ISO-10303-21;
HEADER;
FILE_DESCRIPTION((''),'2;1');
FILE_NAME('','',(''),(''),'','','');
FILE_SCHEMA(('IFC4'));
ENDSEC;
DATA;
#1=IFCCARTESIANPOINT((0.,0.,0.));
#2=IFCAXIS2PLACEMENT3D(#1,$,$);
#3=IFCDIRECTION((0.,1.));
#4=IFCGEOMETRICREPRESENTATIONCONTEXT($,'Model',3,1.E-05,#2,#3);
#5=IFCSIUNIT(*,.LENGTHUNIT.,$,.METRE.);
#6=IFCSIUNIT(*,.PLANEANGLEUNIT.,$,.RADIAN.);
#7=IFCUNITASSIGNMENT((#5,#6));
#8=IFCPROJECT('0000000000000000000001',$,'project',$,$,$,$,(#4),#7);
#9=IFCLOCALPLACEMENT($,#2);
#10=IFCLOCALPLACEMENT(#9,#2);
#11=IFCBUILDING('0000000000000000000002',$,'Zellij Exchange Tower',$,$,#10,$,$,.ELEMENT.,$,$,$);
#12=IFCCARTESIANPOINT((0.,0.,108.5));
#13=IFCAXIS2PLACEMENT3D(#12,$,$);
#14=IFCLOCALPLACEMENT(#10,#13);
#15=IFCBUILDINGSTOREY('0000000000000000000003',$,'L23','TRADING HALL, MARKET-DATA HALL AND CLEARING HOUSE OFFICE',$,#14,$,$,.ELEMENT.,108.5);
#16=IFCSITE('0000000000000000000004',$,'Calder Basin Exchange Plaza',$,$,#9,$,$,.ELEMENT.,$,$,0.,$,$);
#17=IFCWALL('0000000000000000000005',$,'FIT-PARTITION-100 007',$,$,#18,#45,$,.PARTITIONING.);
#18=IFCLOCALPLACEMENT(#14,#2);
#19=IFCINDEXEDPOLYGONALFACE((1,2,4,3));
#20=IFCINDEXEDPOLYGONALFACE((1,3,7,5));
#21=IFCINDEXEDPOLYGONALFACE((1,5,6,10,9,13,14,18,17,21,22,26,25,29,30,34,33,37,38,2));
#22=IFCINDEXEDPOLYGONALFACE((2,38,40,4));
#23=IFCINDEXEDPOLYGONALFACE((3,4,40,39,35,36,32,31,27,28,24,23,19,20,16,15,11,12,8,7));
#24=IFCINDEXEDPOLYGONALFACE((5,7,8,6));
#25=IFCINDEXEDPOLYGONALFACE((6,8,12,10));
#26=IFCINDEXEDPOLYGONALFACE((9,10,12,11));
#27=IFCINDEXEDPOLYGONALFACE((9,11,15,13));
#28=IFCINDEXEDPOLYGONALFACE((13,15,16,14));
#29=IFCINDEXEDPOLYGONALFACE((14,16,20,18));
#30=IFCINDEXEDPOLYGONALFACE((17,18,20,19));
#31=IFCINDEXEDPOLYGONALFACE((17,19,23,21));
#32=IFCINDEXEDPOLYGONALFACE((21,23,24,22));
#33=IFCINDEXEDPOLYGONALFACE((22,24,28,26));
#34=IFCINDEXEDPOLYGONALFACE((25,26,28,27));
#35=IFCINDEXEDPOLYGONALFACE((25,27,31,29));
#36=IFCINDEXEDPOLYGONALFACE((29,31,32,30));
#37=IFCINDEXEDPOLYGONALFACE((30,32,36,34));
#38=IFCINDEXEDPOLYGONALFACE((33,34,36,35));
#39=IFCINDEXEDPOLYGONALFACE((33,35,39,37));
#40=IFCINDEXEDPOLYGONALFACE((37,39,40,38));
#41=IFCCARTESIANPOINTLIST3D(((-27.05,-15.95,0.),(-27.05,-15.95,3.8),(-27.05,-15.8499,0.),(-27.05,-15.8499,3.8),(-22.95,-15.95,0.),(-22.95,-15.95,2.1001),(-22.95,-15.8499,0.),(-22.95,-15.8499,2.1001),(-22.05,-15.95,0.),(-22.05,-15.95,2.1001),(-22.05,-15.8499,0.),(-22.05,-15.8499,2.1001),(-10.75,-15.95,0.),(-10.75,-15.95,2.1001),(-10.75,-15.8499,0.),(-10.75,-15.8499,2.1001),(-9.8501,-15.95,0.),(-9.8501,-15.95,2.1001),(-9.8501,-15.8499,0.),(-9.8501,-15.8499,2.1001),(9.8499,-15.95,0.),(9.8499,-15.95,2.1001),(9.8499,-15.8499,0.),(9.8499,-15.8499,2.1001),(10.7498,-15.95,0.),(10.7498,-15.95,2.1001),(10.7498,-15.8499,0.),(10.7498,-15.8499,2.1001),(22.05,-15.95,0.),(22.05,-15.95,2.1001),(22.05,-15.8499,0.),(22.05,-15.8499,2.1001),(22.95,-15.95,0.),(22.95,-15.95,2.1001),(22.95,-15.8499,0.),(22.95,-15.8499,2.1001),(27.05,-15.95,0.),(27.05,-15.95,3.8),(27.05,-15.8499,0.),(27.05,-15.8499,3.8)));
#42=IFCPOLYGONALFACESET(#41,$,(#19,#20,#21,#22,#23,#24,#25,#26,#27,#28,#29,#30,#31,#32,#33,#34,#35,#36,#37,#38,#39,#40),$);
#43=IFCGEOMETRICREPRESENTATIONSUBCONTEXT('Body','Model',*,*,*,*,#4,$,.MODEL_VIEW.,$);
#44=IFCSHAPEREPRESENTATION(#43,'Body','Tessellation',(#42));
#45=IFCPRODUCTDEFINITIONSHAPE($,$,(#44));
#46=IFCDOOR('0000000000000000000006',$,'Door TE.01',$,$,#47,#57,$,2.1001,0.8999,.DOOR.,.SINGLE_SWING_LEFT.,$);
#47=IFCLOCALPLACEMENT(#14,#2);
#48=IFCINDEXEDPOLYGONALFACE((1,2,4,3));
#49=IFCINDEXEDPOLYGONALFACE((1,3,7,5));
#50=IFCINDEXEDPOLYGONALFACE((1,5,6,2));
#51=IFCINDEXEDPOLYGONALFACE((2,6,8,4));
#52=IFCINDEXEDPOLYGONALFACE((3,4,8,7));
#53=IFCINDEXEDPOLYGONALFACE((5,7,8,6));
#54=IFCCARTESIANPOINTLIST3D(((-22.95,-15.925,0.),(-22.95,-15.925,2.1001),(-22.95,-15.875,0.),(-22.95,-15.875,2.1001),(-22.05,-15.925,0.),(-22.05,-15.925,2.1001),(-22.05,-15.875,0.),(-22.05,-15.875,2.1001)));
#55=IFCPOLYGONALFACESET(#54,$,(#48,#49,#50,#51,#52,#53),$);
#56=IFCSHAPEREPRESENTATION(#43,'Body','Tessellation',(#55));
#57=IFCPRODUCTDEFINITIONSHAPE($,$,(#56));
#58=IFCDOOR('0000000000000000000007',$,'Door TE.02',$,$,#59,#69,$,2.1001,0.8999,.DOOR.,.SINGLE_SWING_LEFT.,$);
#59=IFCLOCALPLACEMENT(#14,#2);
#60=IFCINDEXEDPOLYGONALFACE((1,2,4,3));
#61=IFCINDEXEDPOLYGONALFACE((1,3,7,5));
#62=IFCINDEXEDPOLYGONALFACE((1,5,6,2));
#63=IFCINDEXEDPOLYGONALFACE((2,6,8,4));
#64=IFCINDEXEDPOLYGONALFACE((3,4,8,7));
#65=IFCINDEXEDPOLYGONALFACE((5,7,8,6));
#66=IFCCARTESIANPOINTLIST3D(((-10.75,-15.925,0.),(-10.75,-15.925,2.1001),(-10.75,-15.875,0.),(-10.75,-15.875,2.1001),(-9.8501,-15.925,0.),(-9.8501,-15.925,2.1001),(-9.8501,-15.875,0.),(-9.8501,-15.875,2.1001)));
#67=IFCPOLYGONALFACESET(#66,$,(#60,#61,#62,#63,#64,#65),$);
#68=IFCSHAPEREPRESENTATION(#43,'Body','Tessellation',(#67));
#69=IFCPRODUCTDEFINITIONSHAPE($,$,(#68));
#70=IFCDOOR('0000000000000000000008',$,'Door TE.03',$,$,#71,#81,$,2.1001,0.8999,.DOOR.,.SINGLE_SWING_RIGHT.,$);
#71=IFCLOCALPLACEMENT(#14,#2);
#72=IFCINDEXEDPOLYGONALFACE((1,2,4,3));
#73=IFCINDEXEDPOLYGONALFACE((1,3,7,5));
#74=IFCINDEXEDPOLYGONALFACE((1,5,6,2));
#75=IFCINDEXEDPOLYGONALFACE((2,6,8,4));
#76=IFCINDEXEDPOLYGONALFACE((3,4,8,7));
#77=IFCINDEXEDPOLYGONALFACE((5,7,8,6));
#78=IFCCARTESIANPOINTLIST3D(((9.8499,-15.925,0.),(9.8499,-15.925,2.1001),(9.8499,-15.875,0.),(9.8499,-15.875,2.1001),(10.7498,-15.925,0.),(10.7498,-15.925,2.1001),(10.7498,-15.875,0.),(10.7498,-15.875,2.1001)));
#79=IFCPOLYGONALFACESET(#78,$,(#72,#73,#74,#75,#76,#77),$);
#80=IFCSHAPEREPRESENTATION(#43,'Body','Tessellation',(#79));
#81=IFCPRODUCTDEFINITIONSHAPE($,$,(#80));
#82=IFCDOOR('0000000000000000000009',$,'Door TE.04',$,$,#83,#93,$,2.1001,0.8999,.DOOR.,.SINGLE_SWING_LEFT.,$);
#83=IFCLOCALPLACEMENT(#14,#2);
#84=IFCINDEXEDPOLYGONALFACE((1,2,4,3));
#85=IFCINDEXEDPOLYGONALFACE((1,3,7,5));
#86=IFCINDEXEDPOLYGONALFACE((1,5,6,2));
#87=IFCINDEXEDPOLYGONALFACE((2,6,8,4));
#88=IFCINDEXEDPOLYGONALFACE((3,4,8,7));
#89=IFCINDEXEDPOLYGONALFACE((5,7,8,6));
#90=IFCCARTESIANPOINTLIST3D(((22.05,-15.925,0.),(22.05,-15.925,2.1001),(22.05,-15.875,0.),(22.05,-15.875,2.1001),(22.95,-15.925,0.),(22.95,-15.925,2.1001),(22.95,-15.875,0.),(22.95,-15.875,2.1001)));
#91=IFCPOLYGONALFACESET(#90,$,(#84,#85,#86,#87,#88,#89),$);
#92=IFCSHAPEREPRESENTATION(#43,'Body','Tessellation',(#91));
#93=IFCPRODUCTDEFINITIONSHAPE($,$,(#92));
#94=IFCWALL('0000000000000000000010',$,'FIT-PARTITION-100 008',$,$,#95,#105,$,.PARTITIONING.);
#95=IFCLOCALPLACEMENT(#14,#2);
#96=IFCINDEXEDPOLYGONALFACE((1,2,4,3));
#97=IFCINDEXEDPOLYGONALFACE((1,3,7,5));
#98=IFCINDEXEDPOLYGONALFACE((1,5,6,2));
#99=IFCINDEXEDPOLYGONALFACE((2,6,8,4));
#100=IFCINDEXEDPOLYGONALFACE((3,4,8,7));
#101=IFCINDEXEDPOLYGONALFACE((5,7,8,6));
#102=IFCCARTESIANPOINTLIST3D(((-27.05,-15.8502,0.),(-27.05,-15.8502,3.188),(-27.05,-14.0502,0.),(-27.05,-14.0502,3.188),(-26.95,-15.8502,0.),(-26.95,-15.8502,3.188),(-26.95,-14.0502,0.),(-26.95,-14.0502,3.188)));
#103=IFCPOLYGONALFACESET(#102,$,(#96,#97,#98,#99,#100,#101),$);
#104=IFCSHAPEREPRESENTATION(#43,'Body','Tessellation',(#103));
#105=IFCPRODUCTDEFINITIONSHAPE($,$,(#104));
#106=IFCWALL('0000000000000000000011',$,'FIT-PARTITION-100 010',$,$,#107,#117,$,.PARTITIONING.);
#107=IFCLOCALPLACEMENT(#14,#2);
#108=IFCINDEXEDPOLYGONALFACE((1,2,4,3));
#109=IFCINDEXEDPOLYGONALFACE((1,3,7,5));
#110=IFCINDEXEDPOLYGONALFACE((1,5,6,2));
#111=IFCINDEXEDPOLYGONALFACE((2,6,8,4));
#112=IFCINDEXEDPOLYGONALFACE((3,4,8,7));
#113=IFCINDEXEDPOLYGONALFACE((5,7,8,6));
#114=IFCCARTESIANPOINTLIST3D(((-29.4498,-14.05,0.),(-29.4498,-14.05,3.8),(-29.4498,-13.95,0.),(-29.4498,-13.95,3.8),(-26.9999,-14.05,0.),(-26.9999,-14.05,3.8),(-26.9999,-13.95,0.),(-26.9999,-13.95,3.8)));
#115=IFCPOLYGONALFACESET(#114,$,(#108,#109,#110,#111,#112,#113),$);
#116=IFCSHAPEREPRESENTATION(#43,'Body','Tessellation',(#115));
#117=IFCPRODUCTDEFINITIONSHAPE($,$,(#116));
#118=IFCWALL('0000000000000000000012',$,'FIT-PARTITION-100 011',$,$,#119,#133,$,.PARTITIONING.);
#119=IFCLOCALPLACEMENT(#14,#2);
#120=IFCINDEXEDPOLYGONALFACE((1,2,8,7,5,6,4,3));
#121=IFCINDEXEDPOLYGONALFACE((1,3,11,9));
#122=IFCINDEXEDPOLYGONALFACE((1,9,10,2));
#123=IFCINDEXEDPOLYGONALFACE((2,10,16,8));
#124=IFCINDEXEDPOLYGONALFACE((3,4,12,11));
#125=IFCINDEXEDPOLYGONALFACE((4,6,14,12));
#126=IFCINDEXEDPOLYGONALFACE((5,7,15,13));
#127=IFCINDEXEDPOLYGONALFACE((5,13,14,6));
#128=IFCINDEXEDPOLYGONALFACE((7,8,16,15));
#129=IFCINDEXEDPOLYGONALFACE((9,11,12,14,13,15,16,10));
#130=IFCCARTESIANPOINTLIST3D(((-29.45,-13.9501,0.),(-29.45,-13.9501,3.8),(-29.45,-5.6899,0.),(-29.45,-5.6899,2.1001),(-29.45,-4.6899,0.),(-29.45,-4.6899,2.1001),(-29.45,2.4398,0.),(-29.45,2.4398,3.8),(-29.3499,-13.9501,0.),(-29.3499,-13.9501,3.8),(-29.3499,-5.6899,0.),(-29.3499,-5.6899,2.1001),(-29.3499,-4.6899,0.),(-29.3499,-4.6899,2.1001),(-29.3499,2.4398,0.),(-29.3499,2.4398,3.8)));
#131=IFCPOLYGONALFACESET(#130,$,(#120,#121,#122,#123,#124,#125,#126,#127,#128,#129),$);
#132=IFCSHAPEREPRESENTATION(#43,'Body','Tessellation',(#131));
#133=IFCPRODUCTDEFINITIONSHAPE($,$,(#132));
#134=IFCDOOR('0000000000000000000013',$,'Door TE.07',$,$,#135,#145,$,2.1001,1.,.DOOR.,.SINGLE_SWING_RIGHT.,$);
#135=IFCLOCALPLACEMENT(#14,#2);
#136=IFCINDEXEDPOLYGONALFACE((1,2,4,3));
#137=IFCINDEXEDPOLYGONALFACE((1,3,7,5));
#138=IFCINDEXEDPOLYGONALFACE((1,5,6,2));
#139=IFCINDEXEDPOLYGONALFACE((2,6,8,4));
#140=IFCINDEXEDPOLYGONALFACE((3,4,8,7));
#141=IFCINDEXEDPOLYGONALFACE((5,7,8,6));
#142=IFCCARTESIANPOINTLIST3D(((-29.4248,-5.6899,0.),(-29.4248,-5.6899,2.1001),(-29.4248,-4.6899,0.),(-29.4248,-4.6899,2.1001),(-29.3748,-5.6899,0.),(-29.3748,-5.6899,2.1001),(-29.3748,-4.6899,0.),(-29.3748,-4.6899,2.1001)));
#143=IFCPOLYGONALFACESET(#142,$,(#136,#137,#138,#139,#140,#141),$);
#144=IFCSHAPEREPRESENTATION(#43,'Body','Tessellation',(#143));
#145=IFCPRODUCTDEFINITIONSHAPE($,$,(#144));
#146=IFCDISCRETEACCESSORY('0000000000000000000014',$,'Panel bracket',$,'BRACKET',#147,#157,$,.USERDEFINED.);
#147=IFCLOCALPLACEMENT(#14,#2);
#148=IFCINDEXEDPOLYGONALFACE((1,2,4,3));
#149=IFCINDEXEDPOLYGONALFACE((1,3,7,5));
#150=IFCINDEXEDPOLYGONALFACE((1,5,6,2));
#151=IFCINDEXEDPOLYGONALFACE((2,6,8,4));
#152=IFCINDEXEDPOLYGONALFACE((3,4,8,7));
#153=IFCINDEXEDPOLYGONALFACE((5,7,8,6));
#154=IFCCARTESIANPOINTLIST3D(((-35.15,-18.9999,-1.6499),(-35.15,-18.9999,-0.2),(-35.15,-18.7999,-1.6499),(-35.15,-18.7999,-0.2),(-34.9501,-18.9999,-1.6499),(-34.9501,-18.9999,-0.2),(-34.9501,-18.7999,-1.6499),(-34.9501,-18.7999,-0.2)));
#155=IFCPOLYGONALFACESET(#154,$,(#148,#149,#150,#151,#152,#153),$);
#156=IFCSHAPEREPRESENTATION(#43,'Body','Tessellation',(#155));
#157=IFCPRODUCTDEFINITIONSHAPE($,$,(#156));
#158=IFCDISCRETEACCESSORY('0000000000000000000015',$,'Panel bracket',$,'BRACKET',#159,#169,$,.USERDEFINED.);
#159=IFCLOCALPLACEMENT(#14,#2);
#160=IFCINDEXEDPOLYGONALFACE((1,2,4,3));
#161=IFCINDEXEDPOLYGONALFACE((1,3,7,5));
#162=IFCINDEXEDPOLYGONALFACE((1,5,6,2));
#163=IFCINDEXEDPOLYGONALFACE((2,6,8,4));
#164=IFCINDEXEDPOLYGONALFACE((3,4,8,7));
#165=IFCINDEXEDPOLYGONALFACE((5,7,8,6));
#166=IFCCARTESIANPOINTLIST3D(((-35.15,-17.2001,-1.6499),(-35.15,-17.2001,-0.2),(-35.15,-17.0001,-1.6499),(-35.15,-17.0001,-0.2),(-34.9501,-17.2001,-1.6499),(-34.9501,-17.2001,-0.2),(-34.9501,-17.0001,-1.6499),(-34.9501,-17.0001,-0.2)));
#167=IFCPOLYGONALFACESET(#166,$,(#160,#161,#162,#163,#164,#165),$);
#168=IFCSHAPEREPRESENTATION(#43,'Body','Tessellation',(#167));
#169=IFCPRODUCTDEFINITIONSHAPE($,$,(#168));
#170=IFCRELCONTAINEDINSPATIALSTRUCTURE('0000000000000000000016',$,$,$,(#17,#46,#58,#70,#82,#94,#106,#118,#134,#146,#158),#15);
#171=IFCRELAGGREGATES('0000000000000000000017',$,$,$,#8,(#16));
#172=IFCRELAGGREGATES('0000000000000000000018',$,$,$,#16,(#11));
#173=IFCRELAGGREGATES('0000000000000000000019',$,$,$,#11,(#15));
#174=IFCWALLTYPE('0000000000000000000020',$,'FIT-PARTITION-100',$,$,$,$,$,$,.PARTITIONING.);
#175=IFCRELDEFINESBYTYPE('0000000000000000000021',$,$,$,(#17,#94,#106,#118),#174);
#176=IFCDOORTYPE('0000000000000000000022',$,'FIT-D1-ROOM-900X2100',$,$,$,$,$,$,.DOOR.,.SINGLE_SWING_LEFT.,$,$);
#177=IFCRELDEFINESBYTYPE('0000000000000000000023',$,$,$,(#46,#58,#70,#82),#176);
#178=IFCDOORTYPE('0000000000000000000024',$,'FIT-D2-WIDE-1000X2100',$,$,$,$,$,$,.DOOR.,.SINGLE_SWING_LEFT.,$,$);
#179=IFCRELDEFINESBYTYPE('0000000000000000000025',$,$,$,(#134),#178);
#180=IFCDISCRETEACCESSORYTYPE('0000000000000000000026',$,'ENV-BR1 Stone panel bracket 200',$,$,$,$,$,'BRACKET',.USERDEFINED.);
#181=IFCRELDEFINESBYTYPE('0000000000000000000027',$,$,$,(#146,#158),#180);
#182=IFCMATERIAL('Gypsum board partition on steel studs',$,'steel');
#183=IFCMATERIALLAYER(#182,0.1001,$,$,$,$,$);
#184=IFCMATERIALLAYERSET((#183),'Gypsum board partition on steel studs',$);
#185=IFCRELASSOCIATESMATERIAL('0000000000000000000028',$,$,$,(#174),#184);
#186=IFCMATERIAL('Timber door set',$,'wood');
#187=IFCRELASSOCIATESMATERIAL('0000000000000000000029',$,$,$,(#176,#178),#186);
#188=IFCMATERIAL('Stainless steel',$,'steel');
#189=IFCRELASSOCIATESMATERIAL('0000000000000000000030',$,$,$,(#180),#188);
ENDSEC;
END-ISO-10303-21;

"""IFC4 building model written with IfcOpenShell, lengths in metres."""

from ifc_helpers import new_model, si_unit, direction, frame, frame_2d, origin, origin_2d, place, context, subcontext, project, spatial, rectangle, extrude, material, layer, layer_set, type_object, element, fill, save


model = new_model("IFC4")

# Units and contexts
model_context = context("Model", 3, precision=1e-05, world=origin(), true_north=direction((0.0, 1.0)))
body_context = subcontext(model_context, "Body", "Model", "MODEL_VIEW")
ifc_project = project(units=[si_unit("LENGTHUNIT", "METRE"), si_unit("PLANEANGLEUNIT", "RADIAN")], contexts=[model_context])

# Site, building, storey
site_placement = place(None, origin())
site = spatial("IfcSite", under=ifc_project, at=site_placement, Name="Calder Basin Exchange Plaza", CompositionType="ELEMENT", RefElevation=0.0)
building_placement = place(site_placement, origin())
building = spatial("IfcBuilding", under=site, at=building_placement, Name="Zellij Exchange Tower", CompositionType="ELEMENT")
storey_placement = place(building_placement, frame((0.0, 0.0, 108.5)))
storey = spatial("IfcBuildingStorey", under=building, at=storey_placement, Name="L23", Description="TRADING HALL, MARKET-DATA HALL AND CLEARING HOUSE OFFICE", CompositionType="ELEMENT", Elevation=108.5)

# Wall, openings, doors
ifc_material_1 = material(Name="Gypsum board partition on steel studs", Category="steel")
ifc_layer = layer(ifc_material_1, 0.1001)
ifc_layer_set = layer_set([ifc_layer], Name="Gypsum board partition on steel studs")
wall_type = type_object("IfcWallType", Name="FIT-PARTITION-100", PredefinedType="PARTITIONING", material=ifc_layer_set)
wall_1_placement = place(storey_placement, frame((-27.05, -15.8999, 0.0), z_axis=(0.0, 0.0, 1.0), x_axis=(1.0, 0.0, 0.0)))
wall_1 = element("IfcWall", 1, at=wall_1_placement, inside=storey, type_object=wall_type, Name="FIT-PARTITION-100 007", PredefinedType="PARTITIONING", context=body_context, shape_type="SweptSolid", body=[
    extrude(rectangle(XDim=54.1001, YDim=0.1001, at=frame_2d((27.05, 0.0))), origin(), (0.0, 0.0, 1.0), 3.8),
])
opening_1_placement = place(wall_1_placement, frame((4.1001, 0.0, 0.0)))
opening_1 = element("IfcOpeningElement", 2, at=opening_1_placement, cuts=wall_1, PredefinedType="OPENING", context=body_context, shape_type="SweptSolid", body=[
    extrude(rectangle(XDim=0.8999, YDim=2.1001, at=frame_2d((0.45, 1.05))), frame((0.0, 0.062, 0.0), z_axis=(0.0, -1.0, 0.0), x_axis=(1.0, 0.0, 0.0)), (0.0, 0.0, 1.0), 0.124),
])
opening_2_placement = place(wall_1_placement, frame((16.3, 0.0, 0.0)))
opening_2 = element("IfcOpeningElement", 3, at=opening_2_placement, cuts=wall_1, PredefinedType="OPENING", context=body_context, shape_type="SweptSolid", body=[
    extrude(rectangle(XDim=0.8999, YDim=2.1001, at=frame_2d((0.45, 1.05))), frame((0.0, 0.062, 0.0), z_axis=(0.0, -1.0, 0.0), x_axis=(1.0, 0.0, 0.0)), (0.0, 0.0, 1.0), 0.124),
])
opening_3_placement = place(wall_1_placement, frame((36.8999, 0.0, 0.0)))
opening_3 = element("IfcOpeningElement", 4, at=opening_3_placement, cuts=wall_1, PredefinedType="OPENING", context=body_context, shape_type="SweptSolid", body=[
    extrude(rectangle(XDim=0.8999, YDim=2.1001, at=frame_2d((0.45, 1.05))), frame((0.0, 0.062, 0.0), z_axis=(0.0, -1.0, 0.0), x_axis=(1.0, 0.0, 0.0)), (0.0, 0.0, 1.0), 0.124),
])
opening_4_placement = place(wall_1_placement, frame((49.1001, 0.0, 0.0)))
opening_4 = element("IfcOpeningElement", 5, at=opening_4_placement, cuts=wall_1, PredefinedType="OPENING", context=body_context, shape_type="SweptSolid", body=[
    extrude(rectangle(XDim=0.8999, YDim=2.1001, at=frame_2d((0.45, 1.05))), frame((0.0, 0.062, 0.0), z_axis=(0.0, -1.0, 0.0), x_axis=(1.0, 0.0, 0.0)), (0.0, 0.0, 1.0), 0.124),
])
ifc_material_2 = material(Name="Timber door set", Category="wood")
door_type_1 = type_object("IfcDoorType", Name="FIT-D1-ROOM-900X2100", OperationType="SINGLE_SWING_LEFT", PredefinedType="DOOR", material=ifc_material_2)
door_1_placement = place(opening_1_placement, origin())
door_1 = element("IfcDoor", 6, at=door_1_placement, inside=storey, type_object=door_type_1, Name="Door TE.01", OperationType="SINGLE_SWING_LEFT", OverallHeight=2.1001, OverallWidth=0.8999, PredefinedType="DOOR", context=body_context, shape_type="SweptSolid", body=[
    extrude(rectangle(XDim=0.8999, YDim=2.1001, at=frame_2d((0.45, 1.05))), frame((0.0, 0.0249, 0.0), z_axis=(0.0, -1.0, 0.0), x_axis=(1.0, 0.0, 0.0)), (0.0, 0.0, 1.0), 0.05),
])
fill(opening_1, door_1)
door_2_placement = place(opening_2_placement, origin())
door_2 = element("IfcDoor", 7, at=door_2_placement, inside=storey, type_object=door_type_1, Name="Door TE.02", OperationType="SINGLE_SWING_LEFT", OverallHeight=2.1001, OverallWidth=0.8999, PredefinedType="DOOR", context=body_context, shape_type="SweptSolid", body=[
    extrude(rectangle(XDim=0.8999, YDim=2.1001, at=frame_2d((0.45, 1.05))), frame((0.0, 0.0249, 0.0), z_axis=(0.0, -1.0, 0.0), x_axis=(1.0, 0.0, 0.0)), (0.0, 0.0, 1.0), 0.05),
])
fill(opening_2, door_2)
door_3_placement = place(opening_3_placement, origin())
door_3 = element("IfcDoor", 8, at=door_3_placement, inside=storey, type_object=door_type_1, Name="Door TE.03", OperationType="SINGLE_SWING_RIGHT", OverallHeight=2.1001, OverallWidth=0.8999, PredefinedType="DOOR", context=body_context, shape_type="SweptSolid", body=[
    extrude(rectangle(XDim=0.8999, YDim=2.1001, at=frame_2d((0.45, 1.05))), frame((0.0, 0.0249, 0.0), z_axis=(0.0, -1.0, 0.0), x_axis=(1.0, 0.0, 0.0)), (0.0, 0.0, 1.0), 0.05),
])
fill(opening_3, door_3)
door_4_placement = place(opening_4_placement, origin())
door_4 = element("IfcDoor", 9, at=door_4_placement, inside=storey, type_object=door_type_1, Name="Door TE.04", OperationType="SINGLE_SWING_LEFT", OverallHeight=2.1001, OverallWidth=0.8999, PredefinedType="DOOR", context=body_context, shape_type="SweptSolid", body=[
    extrude(rectangle(XDim=0.8999, YDim=2.1001, at=frame_2d((0.45, 1.05))), frame((0.0, 0.0249, 0.0), z_axis=(0.0, -1.0, 0.0), x_axis=(1.0, 0.0, 0.0)), (0.0, 0.0, 1.0), 0.05),
])
fill(opening_4, door_4)

# Walls
wall_2_placement = place(storey_placement, frame((-27.0, -15.8501, 0.0), z_axis=(0.0, 0.0, 1.0), x_axis=(0.0, 1.0, 0.0)))
element("IfcWall", 10, at=wall_2_placement, inside=storey, type_object=wall_type, Name="FIT-PARTITION-100 008", PredefinedType="PARTITIONING", context=body_context, shape_type="SweptSolid", body=[
    extrude(rectangle(XDim=1.8, YDim=0.1001, at=frame_2d((0.8999, 0.0))), origin(), (0.0, 0.0, 1.0), 3.188),
])
wall_3_placement = place(storey_placement, frame((-29.45, -14.0, 0.0), z_axis=(0.0, 0.0, 1.0), x_axis=(1.0, 0.0, 0.0)))
element("IfcWall", 11, at=wall_3_placement, inside=storey, type_object=wall_type, Name="FIT-PARTITION-100 010", PredefinedType="PARTITIONING", context=body_context, shape_type="SweptSolid", body=[
    extrude(rectangle(XDim=2.45, YDim=0.1001, at=frame_2d((1.2251, 0.0))), origin(), (0.0, 0.0, 1.0), 3.8),
])

# Wall, opening, door
wall_4_placement = place(storey_placement, frame((-29.3999, -13.95, 0.0), z_axis=(0.0, 0.0, 1.0), x_axis=(0.0, 1.0, 0.0)))
wall_4 = element("IfcWall", 12, at=wall_4_placement, inside=storey, type_object=wall_type, Name="FIT-PARTITION-100 011", PredefinedType="PARTITIONING", context=body_context, shape_type="SweptSolid", body=[
    extrude(rectangle(XDim=16.3899, YDim=0.1001, at=frame_2d((8.1948, 0.0))), origin(), (0.0, 0.0, 1.0), 3.8),
])
opening_5_placement = place(wall_4_placement, frame((8.26, 0.0, 0.0)))
opening_5 = element("IfcOpeningElement", 13, at=opening_5_placement, cuts=wall_4, PredefinedType="OPENING", context=body_context, shape_type="SweptSolid", body=[
    extrude(rectangle(XDim=1.0, YDim=2.1001, at=frame_2d((0.5, 1.05))), frame((0.0, 0.062, 0.0), z_axis=(0.0, -1.0, 0.0), x_axis=(1.0, 0.0, 0.0)), (0.0, 0.0, 1.0), 0.124),
])
door_type_2 = type_object("IfcDoorType", Name="FIT-D2-WIDE-1000X2100", OperationType="SINGLE_SWING_LEFT", PredefinedType="DOOR", material=ifc_material_2)
door_5_placement = place(opening_5_placement, origin())
door_5 = element("IfcDoor", 14, at=door_5_placement, inside=storey, type_object=door_type_2, Name="Door TE.07", OperationType="SINGLE_SWING_RIGHT", OverallHeight=2.1001, OverallWidth=1.0, PredefinedType="DOOR", context=body_context, shape_type="SweptSolid", body=[
    extrude(rectangle(XDim=1.0, YDim=2.1001, at=frame_2d((0.5, 1.05))), frame((0.0, 0.0249, 0.0), z_axis=(0.0, -1.0, 0.0), x_axis=(1.0, 0.0, 0.0)), (0.0, 0.0, 1.0), 0.05),
])
fill(opening_5, door_5)

# Discrete accessories
ifc_material_3 = material(Name="Stainless steel", Category="steel")
discrete_accessory_type = type_object("IfcDiscreteAccessoryType", Name="ENV-BR1 Stone panel bracket 200", ElementType="BRACKET", PredefinedType="USERDEFINED", material=ifc_material_3)
for number, where, z_axis, x_axis, name in (
    (15, (-35.05, -18.8999, -1.6499), (0.0, 0.0, 1.0), (1.0, 0.0, 0.0), "Panel bracket"),
    (16, (-35.05, -17.1001, -1.6499), (0.0, 0.0, 1.0), (1.0, 0.0, 0.0), "Panel bracket"),
):
    element("IfcDiscreteAccessory", number, at=place(storey_placement, frame(where, z_axis=z_axis, x_axis=x_axis)), inside=storey, type_object=discrete_accessory_type, Name=name, ObjectType="BRACKET", PredefinedType="USERDEFINED", context=body_context, shape_type="SweptSolid", body=[
        extrude(rectangle(XDim=0.2, YDim=0.2, at=origin_2d()), origin(), (0.0, 0.0, 1.0), 1.45),
    ])

save(model, "model.ifc")
